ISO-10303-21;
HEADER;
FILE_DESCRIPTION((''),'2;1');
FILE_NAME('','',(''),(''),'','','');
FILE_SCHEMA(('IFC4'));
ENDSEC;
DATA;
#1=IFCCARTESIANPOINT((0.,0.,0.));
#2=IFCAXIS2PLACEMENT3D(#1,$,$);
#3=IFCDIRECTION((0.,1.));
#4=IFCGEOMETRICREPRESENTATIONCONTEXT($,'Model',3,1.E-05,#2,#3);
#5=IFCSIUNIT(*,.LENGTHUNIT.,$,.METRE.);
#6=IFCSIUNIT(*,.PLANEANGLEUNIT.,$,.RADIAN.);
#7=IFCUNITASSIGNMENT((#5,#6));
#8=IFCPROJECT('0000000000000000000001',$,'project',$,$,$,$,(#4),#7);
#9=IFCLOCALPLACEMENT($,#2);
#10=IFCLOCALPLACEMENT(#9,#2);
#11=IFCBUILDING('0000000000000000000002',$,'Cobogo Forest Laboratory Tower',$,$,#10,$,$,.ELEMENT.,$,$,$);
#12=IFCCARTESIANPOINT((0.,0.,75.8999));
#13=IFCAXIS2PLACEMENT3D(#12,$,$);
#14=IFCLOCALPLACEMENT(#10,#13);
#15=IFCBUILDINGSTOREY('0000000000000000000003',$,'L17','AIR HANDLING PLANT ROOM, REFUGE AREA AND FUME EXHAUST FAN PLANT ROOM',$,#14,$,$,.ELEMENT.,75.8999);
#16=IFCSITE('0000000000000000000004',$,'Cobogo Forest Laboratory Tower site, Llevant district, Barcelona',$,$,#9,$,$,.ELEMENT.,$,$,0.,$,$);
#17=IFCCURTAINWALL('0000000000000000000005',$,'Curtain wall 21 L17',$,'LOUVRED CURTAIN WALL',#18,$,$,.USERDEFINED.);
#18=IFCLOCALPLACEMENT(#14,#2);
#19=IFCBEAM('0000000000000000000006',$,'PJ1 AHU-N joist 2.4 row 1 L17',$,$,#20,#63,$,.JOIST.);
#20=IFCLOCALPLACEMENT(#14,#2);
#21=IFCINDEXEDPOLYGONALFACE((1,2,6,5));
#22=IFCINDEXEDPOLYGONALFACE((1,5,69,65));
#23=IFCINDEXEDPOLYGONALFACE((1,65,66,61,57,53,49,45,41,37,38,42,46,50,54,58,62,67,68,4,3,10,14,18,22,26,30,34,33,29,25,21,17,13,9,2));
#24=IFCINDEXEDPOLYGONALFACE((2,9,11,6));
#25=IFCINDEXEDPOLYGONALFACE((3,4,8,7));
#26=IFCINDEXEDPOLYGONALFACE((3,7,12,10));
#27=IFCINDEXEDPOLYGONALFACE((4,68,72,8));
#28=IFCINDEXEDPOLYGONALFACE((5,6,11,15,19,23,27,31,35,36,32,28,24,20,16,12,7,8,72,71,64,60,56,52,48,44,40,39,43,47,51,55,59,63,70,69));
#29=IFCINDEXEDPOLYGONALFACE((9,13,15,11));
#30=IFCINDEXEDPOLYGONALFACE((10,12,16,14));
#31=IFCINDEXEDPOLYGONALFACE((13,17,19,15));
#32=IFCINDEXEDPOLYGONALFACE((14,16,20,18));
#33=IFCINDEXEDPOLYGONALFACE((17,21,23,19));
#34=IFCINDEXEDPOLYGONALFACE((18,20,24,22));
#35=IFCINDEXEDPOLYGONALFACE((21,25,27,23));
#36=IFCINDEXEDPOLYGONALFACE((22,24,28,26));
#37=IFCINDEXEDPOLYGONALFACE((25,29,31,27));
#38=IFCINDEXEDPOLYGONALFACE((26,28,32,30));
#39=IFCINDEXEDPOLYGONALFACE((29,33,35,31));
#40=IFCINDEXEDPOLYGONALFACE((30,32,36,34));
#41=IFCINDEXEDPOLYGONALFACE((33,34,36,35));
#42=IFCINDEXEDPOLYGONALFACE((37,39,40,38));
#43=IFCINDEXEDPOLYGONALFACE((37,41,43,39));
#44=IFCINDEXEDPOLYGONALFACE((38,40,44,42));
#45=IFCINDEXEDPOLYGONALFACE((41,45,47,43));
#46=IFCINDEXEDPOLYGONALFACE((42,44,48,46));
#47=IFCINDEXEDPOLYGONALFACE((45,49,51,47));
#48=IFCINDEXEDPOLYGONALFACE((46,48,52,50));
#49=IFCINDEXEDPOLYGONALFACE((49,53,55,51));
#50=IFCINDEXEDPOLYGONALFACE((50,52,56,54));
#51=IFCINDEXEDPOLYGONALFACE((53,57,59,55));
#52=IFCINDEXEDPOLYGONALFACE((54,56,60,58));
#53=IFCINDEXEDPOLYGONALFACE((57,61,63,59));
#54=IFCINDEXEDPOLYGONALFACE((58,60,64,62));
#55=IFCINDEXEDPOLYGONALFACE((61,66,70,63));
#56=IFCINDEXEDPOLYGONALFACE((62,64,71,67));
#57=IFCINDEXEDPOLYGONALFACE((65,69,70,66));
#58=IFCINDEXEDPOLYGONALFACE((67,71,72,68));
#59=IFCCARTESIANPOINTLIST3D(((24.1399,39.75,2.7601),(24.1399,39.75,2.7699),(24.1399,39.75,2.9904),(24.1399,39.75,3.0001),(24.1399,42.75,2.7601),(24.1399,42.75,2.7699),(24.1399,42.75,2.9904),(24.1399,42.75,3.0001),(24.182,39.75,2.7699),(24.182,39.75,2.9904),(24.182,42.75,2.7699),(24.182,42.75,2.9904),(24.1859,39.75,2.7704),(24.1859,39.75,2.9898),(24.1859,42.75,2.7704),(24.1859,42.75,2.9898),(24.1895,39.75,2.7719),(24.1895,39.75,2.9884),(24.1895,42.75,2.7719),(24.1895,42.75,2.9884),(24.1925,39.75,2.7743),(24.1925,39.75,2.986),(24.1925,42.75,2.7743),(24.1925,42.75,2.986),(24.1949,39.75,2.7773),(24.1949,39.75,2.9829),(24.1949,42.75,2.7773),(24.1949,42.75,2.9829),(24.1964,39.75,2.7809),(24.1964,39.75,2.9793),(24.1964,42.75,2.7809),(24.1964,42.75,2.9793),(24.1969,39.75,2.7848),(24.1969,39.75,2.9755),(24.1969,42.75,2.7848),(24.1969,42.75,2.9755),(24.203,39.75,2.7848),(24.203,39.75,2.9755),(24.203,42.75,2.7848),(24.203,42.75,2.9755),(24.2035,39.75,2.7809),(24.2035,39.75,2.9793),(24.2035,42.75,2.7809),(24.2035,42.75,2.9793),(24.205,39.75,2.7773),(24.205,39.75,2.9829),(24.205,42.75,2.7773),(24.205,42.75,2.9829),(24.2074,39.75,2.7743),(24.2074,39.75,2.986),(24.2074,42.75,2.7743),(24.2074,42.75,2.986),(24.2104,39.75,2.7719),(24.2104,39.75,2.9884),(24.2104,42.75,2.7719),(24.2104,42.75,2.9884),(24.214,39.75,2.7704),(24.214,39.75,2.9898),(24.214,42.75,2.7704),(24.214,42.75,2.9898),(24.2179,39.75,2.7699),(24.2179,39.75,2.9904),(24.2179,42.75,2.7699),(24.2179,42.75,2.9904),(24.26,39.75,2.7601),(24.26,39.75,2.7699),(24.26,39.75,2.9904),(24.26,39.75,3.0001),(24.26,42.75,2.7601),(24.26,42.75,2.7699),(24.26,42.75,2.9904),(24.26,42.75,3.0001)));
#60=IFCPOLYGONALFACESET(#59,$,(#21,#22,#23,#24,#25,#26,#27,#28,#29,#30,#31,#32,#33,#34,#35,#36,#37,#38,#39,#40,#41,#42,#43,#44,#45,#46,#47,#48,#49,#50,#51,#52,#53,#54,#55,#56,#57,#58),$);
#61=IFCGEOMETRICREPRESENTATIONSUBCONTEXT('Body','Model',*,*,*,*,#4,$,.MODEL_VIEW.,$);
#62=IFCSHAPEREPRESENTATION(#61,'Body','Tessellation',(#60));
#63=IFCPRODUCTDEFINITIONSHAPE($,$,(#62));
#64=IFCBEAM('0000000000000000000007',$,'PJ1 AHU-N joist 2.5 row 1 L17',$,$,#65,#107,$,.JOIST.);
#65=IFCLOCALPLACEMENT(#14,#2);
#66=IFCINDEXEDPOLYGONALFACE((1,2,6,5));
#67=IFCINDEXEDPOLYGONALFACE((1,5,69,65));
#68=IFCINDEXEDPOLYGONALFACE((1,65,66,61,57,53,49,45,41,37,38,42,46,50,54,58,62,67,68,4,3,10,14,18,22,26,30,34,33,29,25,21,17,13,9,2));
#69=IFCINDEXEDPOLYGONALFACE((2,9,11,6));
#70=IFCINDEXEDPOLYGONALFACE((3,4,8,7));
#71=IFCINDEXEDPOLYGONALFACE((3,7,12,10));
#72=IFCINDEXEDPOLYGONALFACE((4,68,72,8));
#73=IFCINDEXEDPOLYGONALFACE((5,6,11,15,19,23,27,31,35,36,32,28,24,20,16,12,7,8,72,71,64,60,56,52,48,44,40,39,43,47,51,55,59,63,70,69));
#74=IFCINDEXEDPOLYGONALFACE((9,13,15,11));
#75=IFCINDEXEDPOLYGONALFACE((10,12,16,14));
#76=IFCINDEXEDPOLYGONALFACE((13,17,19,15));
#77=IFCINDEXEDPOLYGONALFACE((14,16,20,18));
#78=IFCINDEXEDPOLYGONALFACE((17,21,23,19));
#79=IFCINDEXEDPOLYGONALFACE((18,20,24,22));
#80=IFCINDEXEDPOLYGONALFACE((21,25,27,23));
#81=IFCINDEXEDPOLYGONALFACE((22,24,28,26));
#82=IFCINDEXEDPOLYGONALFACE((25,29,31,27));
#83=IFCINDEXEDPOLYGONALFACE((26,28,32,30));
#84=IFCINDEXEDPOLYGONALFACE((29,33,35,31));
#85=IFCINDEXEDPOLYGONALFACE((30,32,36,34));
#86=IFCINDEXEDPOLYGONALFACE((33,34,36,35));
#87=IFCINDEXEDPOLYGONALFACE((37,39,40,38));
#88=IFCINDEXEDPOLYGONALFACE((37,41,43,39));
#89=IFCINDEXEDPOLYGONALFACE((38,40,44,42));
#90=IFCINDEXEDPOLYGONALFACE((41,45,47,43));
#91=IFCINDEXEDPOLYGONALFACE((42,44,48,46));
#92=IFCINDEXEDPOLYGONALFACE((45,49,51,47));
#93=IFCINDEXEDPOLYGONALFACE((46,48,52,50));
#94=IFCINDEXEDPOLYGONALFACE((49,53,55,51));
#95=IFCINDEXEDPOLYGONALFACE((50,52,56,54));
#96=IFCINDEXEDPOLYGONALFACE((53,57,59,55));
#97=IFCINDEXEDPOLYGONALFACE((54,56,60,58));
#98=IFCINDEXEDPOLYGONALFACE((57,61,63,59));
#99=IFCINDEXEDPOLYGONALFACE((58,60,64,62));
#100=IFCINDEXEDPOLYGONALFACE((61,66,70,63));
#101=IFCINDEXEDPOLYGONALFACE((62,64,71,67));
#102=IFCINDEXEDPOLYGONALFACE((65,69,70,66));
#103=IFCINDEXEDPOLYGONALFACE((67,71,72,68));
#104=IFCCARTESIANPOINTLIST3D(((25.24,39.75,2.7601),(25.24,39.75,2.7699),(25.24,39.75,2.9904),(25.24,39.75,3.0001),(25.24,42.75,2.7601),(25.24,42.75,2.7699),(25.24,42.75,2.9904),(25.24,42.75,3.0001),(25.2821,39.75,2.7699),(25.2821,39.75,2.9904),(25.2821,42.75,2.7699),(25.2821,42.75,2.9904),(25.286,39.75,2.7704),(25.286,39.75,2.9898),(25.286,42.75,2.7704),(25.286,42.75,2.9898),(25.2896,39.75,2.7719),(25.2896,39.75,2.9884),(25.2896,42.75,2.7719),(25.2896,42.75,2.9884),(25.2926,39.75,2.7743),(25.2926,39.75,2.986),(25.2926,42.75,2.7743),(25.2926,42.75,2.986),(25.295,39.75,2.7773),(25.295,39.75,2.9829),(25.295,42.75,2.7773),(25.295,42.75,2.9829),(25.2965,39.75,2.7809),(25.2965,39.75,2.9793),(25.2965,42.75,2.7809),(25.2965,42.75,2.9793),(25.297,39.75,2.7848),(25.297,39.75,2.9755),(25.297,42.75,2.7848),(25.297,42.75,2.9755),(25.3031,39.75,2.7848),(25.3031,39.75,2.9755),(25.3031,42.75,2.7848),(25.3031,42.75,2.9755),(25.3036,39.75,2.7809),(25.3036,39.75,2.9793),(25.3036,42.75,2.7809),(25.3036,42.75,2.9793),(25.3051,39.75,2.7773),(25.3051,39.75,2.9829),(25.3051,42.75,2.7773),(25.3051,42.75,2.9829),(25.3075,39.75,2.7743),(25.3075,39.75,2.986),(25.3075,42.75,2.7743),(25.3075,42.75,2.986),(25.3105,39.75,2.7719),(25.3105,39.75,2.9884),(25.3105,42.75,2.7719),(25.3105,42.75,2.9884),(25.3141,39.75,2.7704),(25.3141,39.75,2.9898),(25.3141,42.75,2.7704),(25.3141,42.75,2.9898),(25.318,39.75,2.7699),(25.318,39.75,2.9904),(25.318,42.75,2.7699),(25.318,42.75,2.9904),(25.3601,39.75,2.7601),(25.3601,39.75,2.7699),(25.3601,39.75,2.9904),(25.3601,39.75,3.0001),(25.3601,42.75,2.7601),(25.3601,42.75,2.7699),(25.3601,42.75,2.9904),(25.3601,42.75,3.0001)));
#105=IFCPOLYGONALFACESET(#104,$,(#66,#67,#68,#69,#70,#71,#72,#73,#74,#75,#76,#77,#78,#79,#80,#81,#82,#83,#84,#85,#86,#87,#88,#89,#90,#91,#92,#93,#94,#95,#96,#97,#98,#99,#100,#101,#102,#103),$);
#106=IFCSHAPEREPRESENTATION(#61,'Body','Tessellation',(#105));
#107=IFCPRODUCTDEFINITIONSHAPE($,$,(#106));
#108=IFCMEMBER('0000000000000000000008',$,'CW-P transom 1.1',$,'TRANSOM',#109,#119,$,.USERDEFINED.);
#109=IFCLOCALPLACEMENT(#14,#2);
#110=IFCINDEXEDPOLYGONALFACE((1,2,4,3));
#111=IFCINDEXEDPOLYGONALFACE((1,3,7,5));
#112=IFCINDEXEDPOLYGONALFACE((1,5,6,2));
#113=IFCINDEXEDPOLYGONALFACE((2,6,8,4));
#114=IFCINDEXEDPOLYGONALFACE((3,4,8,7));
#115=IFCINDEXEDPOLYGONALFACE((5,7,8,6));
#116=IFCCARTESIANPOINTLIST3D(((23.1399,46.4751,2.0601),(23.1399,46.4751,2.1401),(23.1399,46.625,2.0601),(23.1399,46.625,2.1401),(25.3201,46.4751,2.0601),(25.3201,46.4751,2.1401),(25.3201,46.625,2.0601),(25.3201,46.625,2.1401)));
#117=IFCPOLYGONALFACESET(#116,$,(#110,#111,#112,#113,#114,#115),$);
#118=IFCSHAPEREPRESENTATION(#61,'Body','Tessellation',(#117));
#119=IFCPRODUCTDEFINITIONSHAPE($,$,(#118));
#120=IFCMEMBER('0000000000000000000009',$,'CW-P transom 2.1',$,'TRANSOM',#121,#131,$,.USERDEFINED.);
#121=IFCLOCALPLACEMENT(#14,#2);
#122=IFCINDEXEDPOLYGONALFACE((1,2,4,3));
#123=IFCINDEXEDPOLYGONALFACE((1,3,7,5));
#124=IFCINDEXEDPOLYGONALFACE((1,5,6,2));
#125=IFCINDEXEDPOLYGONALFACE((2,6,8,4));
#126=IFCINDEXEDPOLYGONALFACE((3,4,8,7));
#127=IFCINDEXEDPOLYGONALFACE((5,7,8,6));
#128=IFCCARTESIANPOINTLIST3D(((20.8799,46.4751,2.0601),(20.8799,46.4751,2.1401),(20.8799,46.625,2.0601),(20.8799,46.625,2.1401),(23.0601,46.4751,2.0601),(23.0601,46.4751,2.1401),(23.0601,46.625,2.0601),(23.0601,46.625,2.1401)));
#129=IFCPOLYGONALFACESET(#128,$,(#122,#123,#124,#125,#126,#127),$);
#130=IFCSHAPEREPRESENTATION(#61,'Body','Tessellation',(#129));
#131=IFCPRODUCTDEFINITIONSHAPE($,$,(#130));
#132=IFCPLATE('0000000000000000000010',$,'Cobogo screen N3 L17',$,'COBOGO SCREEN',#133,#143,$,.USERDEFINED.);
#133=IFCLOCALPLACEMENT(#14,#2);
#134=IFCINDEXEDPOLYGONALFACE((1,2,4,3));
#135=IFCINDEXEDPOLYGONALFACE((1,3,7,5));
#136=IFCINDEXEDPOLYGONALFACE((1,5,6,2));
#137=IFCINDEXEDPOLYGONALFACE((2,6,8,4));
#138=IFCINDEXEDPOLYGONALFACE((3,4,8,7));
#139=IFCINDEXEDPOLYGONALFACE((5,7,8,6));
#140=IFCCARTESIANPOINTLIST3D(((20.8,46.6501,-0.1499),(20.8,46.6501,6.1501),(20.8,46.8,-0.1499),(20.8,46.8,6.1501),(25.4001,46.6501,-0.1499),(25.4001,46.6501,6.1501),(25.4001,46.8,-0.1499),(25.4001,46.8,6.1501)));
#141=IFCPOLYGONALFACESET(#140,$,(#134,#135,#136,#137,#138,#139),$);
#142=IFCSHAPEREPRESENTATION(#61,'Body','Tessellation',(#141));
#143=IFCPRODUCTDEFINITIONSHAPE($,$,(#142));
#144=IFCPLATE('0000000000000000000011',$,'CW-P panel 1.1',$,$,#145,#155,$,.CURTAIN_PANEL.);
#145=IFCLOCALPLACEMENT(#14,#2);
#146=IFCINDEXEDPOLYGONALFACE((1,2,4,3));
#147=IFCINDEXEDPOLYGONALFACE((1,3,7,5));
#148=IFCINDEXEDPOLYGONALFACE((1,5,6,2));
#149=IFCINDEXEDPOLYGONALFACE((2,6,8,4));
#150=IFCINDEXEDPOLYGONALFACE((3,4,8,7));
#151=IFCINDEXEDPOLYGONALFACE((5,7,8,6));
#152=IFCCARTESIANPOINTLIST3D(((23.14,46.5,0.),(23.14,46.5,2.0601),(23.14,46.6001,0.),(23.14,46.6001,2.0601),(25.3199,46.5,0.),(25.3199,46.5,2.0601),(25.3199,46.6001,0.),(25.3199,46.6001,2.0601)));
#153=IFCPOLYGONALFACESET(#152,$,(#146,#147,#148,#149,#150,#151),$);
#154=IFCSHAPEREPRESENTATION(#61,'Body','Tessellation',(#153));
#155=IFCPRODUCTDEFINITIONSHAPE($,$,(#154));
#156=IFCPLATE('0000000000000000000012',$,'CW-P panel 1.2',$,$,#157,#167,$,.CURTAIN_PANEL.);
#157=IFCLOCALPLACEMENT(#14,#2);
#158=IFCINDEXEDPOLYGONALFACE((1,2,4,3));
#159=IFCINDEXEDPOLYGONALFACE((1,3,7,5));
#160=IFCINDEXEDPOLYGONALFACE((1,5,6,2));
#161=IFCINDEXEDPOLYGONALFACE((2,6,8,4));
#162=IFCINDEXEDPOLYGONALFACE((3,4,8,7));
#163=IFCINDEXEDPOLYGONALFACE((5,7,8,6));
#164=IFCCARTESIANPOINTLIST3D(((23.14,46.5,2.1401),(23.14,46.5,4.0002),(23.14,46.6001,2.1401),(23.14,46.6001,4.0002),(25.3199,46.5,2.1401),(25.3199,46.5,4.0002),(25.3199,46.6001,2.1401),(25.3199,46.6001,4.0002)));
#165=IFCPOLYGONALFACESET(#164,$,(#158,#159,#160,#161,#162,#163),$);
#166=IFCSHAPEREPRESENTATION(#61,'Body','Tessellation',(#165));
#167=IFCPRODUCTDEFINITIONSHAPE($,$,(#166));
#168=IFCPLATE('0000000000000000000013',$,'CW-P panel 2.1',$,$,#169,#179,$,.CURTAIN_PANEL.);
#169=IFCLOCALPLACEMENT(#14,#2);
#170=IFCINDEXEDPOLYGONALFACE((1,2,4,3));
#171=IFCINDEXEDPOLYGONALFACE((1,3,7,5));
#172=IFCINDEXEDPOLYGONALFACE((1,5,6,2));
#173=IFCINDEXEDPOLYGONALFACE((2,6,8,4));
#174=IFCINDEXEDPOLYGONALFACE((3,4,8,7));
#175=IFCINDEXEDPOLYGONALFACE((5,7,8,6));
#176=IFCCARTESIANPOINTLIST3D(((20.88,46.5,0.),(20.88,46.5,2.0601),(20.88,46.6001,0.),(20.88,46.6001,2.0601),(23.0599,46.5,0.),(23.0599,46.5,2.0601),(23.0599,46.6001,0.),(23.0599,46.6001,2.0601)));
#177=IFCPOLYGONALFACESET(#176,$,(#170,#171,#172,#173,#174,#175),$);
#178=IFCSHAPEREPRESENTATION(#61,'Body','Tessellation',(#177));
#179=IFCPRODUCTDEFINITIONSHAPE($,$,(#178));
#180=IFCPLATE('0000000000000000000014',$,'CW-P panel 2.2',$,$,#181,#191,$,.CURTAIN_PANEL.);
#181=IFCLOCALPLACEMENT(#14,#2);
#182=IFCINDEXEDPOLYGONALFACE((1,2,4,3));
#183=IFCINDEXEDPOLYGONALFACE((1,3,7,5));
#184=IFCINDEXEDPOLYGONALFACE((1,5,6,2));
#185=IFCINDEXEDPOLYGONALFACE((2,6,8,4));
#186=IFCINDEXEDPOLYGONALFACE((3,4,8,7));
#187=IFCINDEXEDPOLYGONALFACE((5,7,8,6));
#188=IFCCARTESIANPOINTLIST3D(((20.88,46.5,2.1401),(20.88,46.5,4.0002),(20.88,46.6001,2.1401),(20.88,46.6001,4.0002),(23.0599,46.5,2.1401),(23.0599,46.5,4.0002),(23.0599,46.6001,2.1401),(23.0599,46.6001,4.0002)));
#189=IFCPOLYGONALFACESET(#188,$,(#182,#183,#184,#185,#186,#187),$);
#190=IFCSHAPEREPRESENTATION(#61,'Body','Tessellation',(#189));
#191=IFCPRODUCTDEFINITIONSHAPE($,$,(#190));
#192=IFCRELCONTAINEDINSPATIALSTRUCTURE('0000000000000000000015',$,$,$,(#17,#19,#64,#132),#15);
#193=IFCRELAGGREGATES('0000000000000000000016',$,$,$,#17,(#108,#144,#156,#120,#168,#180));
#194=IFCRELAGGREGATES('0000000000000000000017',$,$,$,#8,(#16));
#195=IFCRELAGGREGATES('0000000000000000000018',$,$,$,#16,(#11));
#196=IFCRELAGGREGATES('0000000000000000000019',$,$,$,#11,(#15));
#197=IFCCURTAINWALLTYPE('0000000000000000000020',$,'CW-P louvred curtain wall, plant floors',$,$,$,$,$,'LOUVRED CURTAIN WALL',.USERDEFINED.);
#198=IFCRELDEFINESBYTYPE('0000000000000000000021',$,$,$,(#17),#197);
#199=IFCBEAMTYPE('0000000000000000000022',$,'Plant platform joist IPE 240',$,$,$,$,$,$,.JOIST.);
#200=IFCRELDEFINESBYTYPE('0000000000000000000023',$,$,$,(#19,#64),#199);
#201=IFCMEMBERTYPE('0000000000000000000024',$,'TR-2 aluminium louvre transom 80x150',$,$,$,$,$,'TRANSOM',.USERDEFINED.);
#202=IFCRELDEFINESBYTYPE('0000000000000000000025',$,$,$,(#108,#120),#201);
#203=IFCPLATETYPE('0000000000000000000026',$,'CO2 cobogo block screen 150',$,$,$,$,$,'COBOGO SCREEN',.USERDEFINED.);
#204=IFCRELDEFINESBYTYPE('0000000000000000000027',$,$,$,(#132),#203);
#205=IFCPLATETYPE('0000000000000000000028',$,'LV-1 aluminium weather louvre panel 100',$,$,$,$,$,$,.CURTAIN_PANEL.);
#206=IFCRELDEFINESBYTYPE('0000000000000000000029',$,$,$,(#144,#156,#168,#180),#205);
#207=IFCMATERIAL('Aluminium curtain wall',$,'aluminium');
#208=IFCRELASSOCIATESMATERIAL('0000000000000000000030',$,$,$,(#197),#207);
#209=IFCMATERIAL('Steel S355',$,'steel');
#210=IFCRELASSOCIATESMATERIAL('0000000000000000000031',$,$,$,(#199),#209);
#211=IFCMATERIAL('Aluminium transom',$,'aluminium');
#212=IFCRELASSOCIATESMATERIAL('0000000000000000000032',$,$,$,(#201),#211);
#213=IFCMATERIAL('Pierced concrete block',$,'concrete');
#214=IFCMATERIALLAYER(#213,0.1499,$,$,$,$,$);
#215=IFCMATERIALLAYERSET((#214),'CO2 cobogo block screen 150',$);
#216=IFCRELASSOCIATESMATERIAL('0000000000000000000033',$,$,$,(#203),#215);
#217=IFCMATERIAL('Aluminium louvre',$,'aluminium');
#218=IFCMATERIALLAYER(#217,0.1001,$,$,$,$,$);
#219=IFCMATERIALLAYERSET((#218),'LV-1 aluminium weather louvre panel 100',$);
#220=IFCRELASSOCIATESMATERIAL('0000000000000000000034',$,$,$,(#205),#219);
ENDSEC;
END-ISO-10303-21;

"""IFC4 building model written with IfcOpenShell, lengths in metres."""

from ifc_helpers import new_model, si_unit, direction, frame, origin, origin_2d, place, context, subcontext, project, spatial, rectangle, i_section, extrude, material, layer, layer_set, material_profile, profile_set, type_object, element, aggregate, save


model = new_model("IFC4")

# Units and contexts
model_context = context("Model", 3, precision=1e-05, world=origin(), true_north=direction((0.0, 1.0)))
body_context = subcontext(model_context, "Body", "Model", "MODEL_VIEW")
ifc_project = project(units=[si_unit("LENGTHUNIT", "METRE"), si_unit("PLANEANGLEUNIT", "RADIAN")], contexts=[model_context])

# Site, building, storey
site_placement = place(None, origin())
site = spatial("IfcSite", under=ifc_project, at=site_placement, Name="Cobogo Forest Laboratory Tower site, Llevant district, Barcelona", CompositionType="ELEMENT", RefElevation=0.0)
building_placement = place(site_placement, origin())
building = spatial("IfcBuilding", under=site, at=building_placement, Name="Cobogo Forest Laboratory Tower", CompositionType="ELEMENT")
storey_placement = place(building_placement, frame((0.0, 0.0, 75.8999)))
storey = spatial("IfcBuildingStorey", under=building, at=storey_placement, Name="L17", Description="AIR HANDLING PLANT ROOM, REFUGE AREA AND FUME EXHAUST FAN PLANT ROOM", CompositionType="ELEMENT", Elevation=75.8999)

# Curtain wall
ifc_material_1 = material(Name="Aluminium curtain wall", Category="aluminium")
curtain_wall_type = type_object("IfcCurtainWallType", Name="CW-P louvred curtain wall, plant floors", ElementType="LOUVRED CURTAIN WALL", PredefinedType="USERDEFINED", material=ifc_material_1)
curtain_wall_placement = place(storey_placement, origin())
curtain_wall = element("IfcCurtainWall", 1, at=curtain_wall_placement, inside=storey, type_object=curtain_wall_type, Name="Curtain wall 21 L17", ObjectType="LOUVRED CURTAIN WALL", PredefinedType="USERDEFINED")

# Beams
ifc_material_2 = material(Name="Steel S355", Category="steel")
ifc_material_profile_1 = material_profile(ifc_material_2, i_section(OverallWidth=0.1201, OverallDepth=0.24, WebThickness=0.0061, FlangeThickness=0.0098, FilletRadius=0.0149, at=origin_2d()), Name="IPE 240")
ifc_profile_set_1 = profile_set([ifc_material_profile_1], Name="Steel S355")
beam_type_1 = type_object("IfcBeamType", Name="Plant platform joist IPE 240", PredefinedType="JOIST", material=ifc_profile_set_1)
for number, where, z_axis, x_axis, name in (
    (2, (24.2, 42.75, 2.8801), (0.0, -1.0, 0.0), (1.0, 0.0, 0.0), "PJ1 AHU-N joist 2.4 row 1 L17"),
    (3, (25.3, 42.75, 2.8801), (0.0, -1.0, 0.0), (1.0, 0.0, 0.0), "PJ1 AHU-N joist 2.5 row 1 L17"),
):
    element("IfcBeam", number, at=place(storey_placement, frame(where, z_axis=z_axis, x_axis=x_axis)), inside=storey, type_object=beam_type_1, Name=name, PredefinedType="JOIST", context=body_context, shape_type="SweptSolid", body=[
        extrude(i_section(OverallWidth=0.1201, OverallDepth=0.24, WebThickness=0.0061, FlangeThickness=0.0098, FilletRadius=0.0149, at=origin_2d()), origin(), (0.0, 0.0, 1.0), 3.0),
    ])

# Members
ifc_material_3 = material(Name="Aluminium transom", Category="aluminium")
ifc_material_profile_2 = material_profile(ifc_material_3, rectangle(XDim=0.1499, YDim=0.0801, at=origin_2d()), Name="AL 80x150")
ifc_profile_set_2 = profile_set([ifc_material_profile_2], Name="Aluminium transom")
member_type_1 = type_object("IfcMemberType", Name="TR-2 aluminium louvre transom 80x150", ElementType="TRANSOM", PredefinedType="USERDEFINED", material=ifc_profile_set_2)
member_1_placement = place(storey_placement, frame((25.3201, 46.55, 2.1001), z_axis=(-1.0, 0.0, 0.0), x_axis=(0.0, -1.0, 0.0)))
member_1 = element("IfcMember", 4, at=member_1_placement, type_object=member_type_1, Name="CW-P transom 1.1", ObjectType="TRANSOM", PredefinedType="USERDEFINED", context=body_context, shape_type="SweptSolid", body=[
    extrude(rectangle(XDim=0.1499, YDim=0.0801, at=origin_2d()), origin(), (0.0, 0.0, 1.0), 2.1802),
])
member_2_placement = place(storey_placement, frame((23.0601, 46.55, 2.1001), z_axis=(-1.0, 0.0, 0.0), x_axis=(0.0, -1.0, 0.0)))
member_2 = element("IfcMember", 5, at=member_2_placement, type_object=member_type_1, Name="CW-P transom 2.1", ObjectType="TRANSOM", PredefinedType="USERDEFINED", context=body_context, shape_type="SweptSolid", body=[
    extrude(rectangle(XDim=0.1499, YDim=0.0801, at=origin_2d()), origin(), (0.0, 0.0, 1.0), 2.1802),
])

# Plates
ifc_material_4 = material(Name="Pierced concrete block", Category="concrete")
ifc_layer_1 = layer(ifc_material_4, 0.1499)
ifc_layer_set_1 = layer_set([ifc_layer_1], Name="CO2 cobogo block screen 150")
plate_type_1 = type_object("IfcPlateType", Name="CO2 cobogo block screen 150", ElementType="COBOGO SCREEN", PredefinedType="USERDEFINED", material=ifc_layer_set_1)
plate_1_placement = place(storey_placement, frame((23.1001, 46.7251, -0.1499), z_axis=(0.0, 0.0, 1.0), x_axis=(1.0, 0.0, 0.0)))
element("IfcPlate", 6, at=plate_1_placement, inside=storey, type_object=plate_type_1, Name="Cobogo screen N3 L17", ObjectType="COBOGO SCREEN", PredefinedType="USERDEFINED", context=body_context, shape_type="SweptSolid", body=[
    extrude(rectangle(XDim=4.6001, YDim=0.1499, at=origin_2d()), origin(), (0.0, 0.0, 1.0), 6.3),
])
ifc_material_5 = material(Name="Aluminium louvre", Category="aluminium")
ifc_layer_2 = layer(ifc_material_5, 0.1001)
ifc_layer_set_2 = layer_set([ifc_layer_2], Name="LV-1 aluminium weather louvre panel 100")
plate_type_2 = type_object("IfcPlateType", Name="LV-1 aluminium weather louvre panel 100", PredefinedType="CURTAIN_PANEL", material=ifc_layer_set_2)
plate_2_placement = place(storey_placement, frame((24.23, 46.55, 0.0), z_axis=(0.0, 0.0, 1.0), x_axis=(-1.0, 0.0, 0.0)))
plate_2 = element("IfcPlate", 7, at=plate_2_placement, type_object=plate_type_2, Name="CW-P panel 1.1", PredefinedType="CURTAIN_PANEL", context=body_context, shape_type="SweptSolid", body=[
    extrude(rectangle(XDim=2.1799, YDim=0.1001, at=origin_2d()), origin(), (0.0, 0.0, 1.0), 2.0601),
])
plate_3_placement = place(storey_placement, frame((24.23, 46.55, 2.1401), z_axis=(0.0, 0.0, 1.0), x_axis=(-1.0, 0.0, 0.0)))
plate_3 = element("IfcPlate", 8, at=plate_3_placement, type_object=plate_type_2, Name="CW-P panel 1.2", PredefinedType="CURTAIN_PANEL", context=body_context, shape_type="SweptSolid", body=[
    extrude(rectangle(XDim=2.1799, YDim=0.1001, at=origin_2d()), origin(), (0.0, 0.0, 1.0), 1.8601),
])
plate_4_placement = place(storey_placement, frame((21.97, 46.55, 0.0), z_axis=(0.0, 0.0, 1.0), x_axis=(-1.0, 0.0, 0.0)))
plate_4 = element("IfcPlate", 9, at=plate_4_placement, type_object=plate_type_2, Name="CW-P panel 2.1", PredefinedType="CURTAIN_PANEL", context=body_context, shape_type="SweptSolid", body=[
    extrude(rectangle(XDim=2.1799, YDim=0.1001, at=origin_2d()), origin(), (0.0, 0.0, 1.0), 2.0601),
])
plate_5_placement = place(storey_placement, frame((21.97, 46.55, 2.1401), z_axis=(0.0, 0.0, 1.0), x_axis=(-1.0, 0.0, 0.0)))
plate_5 = element("IfcPlate", 10, at=plate_5_placement, type_object=plate_type_2, Name="CW-P panel 2.2", PredefinedType="CURTAIN_PANEL", context=body_context, shape_type="SweptSolid", body=[
    extrude(rectangle(XDim=2.1799, YDim=0.1001, at=origin_2d()), origin(), (0.0, 0.0, 1.0), 1.8601),
])
aggregate(curtain_wall, [member_1, plate_2, plate_3, member_2, plate_4, plate_5])

save(model, "model.ifc")
